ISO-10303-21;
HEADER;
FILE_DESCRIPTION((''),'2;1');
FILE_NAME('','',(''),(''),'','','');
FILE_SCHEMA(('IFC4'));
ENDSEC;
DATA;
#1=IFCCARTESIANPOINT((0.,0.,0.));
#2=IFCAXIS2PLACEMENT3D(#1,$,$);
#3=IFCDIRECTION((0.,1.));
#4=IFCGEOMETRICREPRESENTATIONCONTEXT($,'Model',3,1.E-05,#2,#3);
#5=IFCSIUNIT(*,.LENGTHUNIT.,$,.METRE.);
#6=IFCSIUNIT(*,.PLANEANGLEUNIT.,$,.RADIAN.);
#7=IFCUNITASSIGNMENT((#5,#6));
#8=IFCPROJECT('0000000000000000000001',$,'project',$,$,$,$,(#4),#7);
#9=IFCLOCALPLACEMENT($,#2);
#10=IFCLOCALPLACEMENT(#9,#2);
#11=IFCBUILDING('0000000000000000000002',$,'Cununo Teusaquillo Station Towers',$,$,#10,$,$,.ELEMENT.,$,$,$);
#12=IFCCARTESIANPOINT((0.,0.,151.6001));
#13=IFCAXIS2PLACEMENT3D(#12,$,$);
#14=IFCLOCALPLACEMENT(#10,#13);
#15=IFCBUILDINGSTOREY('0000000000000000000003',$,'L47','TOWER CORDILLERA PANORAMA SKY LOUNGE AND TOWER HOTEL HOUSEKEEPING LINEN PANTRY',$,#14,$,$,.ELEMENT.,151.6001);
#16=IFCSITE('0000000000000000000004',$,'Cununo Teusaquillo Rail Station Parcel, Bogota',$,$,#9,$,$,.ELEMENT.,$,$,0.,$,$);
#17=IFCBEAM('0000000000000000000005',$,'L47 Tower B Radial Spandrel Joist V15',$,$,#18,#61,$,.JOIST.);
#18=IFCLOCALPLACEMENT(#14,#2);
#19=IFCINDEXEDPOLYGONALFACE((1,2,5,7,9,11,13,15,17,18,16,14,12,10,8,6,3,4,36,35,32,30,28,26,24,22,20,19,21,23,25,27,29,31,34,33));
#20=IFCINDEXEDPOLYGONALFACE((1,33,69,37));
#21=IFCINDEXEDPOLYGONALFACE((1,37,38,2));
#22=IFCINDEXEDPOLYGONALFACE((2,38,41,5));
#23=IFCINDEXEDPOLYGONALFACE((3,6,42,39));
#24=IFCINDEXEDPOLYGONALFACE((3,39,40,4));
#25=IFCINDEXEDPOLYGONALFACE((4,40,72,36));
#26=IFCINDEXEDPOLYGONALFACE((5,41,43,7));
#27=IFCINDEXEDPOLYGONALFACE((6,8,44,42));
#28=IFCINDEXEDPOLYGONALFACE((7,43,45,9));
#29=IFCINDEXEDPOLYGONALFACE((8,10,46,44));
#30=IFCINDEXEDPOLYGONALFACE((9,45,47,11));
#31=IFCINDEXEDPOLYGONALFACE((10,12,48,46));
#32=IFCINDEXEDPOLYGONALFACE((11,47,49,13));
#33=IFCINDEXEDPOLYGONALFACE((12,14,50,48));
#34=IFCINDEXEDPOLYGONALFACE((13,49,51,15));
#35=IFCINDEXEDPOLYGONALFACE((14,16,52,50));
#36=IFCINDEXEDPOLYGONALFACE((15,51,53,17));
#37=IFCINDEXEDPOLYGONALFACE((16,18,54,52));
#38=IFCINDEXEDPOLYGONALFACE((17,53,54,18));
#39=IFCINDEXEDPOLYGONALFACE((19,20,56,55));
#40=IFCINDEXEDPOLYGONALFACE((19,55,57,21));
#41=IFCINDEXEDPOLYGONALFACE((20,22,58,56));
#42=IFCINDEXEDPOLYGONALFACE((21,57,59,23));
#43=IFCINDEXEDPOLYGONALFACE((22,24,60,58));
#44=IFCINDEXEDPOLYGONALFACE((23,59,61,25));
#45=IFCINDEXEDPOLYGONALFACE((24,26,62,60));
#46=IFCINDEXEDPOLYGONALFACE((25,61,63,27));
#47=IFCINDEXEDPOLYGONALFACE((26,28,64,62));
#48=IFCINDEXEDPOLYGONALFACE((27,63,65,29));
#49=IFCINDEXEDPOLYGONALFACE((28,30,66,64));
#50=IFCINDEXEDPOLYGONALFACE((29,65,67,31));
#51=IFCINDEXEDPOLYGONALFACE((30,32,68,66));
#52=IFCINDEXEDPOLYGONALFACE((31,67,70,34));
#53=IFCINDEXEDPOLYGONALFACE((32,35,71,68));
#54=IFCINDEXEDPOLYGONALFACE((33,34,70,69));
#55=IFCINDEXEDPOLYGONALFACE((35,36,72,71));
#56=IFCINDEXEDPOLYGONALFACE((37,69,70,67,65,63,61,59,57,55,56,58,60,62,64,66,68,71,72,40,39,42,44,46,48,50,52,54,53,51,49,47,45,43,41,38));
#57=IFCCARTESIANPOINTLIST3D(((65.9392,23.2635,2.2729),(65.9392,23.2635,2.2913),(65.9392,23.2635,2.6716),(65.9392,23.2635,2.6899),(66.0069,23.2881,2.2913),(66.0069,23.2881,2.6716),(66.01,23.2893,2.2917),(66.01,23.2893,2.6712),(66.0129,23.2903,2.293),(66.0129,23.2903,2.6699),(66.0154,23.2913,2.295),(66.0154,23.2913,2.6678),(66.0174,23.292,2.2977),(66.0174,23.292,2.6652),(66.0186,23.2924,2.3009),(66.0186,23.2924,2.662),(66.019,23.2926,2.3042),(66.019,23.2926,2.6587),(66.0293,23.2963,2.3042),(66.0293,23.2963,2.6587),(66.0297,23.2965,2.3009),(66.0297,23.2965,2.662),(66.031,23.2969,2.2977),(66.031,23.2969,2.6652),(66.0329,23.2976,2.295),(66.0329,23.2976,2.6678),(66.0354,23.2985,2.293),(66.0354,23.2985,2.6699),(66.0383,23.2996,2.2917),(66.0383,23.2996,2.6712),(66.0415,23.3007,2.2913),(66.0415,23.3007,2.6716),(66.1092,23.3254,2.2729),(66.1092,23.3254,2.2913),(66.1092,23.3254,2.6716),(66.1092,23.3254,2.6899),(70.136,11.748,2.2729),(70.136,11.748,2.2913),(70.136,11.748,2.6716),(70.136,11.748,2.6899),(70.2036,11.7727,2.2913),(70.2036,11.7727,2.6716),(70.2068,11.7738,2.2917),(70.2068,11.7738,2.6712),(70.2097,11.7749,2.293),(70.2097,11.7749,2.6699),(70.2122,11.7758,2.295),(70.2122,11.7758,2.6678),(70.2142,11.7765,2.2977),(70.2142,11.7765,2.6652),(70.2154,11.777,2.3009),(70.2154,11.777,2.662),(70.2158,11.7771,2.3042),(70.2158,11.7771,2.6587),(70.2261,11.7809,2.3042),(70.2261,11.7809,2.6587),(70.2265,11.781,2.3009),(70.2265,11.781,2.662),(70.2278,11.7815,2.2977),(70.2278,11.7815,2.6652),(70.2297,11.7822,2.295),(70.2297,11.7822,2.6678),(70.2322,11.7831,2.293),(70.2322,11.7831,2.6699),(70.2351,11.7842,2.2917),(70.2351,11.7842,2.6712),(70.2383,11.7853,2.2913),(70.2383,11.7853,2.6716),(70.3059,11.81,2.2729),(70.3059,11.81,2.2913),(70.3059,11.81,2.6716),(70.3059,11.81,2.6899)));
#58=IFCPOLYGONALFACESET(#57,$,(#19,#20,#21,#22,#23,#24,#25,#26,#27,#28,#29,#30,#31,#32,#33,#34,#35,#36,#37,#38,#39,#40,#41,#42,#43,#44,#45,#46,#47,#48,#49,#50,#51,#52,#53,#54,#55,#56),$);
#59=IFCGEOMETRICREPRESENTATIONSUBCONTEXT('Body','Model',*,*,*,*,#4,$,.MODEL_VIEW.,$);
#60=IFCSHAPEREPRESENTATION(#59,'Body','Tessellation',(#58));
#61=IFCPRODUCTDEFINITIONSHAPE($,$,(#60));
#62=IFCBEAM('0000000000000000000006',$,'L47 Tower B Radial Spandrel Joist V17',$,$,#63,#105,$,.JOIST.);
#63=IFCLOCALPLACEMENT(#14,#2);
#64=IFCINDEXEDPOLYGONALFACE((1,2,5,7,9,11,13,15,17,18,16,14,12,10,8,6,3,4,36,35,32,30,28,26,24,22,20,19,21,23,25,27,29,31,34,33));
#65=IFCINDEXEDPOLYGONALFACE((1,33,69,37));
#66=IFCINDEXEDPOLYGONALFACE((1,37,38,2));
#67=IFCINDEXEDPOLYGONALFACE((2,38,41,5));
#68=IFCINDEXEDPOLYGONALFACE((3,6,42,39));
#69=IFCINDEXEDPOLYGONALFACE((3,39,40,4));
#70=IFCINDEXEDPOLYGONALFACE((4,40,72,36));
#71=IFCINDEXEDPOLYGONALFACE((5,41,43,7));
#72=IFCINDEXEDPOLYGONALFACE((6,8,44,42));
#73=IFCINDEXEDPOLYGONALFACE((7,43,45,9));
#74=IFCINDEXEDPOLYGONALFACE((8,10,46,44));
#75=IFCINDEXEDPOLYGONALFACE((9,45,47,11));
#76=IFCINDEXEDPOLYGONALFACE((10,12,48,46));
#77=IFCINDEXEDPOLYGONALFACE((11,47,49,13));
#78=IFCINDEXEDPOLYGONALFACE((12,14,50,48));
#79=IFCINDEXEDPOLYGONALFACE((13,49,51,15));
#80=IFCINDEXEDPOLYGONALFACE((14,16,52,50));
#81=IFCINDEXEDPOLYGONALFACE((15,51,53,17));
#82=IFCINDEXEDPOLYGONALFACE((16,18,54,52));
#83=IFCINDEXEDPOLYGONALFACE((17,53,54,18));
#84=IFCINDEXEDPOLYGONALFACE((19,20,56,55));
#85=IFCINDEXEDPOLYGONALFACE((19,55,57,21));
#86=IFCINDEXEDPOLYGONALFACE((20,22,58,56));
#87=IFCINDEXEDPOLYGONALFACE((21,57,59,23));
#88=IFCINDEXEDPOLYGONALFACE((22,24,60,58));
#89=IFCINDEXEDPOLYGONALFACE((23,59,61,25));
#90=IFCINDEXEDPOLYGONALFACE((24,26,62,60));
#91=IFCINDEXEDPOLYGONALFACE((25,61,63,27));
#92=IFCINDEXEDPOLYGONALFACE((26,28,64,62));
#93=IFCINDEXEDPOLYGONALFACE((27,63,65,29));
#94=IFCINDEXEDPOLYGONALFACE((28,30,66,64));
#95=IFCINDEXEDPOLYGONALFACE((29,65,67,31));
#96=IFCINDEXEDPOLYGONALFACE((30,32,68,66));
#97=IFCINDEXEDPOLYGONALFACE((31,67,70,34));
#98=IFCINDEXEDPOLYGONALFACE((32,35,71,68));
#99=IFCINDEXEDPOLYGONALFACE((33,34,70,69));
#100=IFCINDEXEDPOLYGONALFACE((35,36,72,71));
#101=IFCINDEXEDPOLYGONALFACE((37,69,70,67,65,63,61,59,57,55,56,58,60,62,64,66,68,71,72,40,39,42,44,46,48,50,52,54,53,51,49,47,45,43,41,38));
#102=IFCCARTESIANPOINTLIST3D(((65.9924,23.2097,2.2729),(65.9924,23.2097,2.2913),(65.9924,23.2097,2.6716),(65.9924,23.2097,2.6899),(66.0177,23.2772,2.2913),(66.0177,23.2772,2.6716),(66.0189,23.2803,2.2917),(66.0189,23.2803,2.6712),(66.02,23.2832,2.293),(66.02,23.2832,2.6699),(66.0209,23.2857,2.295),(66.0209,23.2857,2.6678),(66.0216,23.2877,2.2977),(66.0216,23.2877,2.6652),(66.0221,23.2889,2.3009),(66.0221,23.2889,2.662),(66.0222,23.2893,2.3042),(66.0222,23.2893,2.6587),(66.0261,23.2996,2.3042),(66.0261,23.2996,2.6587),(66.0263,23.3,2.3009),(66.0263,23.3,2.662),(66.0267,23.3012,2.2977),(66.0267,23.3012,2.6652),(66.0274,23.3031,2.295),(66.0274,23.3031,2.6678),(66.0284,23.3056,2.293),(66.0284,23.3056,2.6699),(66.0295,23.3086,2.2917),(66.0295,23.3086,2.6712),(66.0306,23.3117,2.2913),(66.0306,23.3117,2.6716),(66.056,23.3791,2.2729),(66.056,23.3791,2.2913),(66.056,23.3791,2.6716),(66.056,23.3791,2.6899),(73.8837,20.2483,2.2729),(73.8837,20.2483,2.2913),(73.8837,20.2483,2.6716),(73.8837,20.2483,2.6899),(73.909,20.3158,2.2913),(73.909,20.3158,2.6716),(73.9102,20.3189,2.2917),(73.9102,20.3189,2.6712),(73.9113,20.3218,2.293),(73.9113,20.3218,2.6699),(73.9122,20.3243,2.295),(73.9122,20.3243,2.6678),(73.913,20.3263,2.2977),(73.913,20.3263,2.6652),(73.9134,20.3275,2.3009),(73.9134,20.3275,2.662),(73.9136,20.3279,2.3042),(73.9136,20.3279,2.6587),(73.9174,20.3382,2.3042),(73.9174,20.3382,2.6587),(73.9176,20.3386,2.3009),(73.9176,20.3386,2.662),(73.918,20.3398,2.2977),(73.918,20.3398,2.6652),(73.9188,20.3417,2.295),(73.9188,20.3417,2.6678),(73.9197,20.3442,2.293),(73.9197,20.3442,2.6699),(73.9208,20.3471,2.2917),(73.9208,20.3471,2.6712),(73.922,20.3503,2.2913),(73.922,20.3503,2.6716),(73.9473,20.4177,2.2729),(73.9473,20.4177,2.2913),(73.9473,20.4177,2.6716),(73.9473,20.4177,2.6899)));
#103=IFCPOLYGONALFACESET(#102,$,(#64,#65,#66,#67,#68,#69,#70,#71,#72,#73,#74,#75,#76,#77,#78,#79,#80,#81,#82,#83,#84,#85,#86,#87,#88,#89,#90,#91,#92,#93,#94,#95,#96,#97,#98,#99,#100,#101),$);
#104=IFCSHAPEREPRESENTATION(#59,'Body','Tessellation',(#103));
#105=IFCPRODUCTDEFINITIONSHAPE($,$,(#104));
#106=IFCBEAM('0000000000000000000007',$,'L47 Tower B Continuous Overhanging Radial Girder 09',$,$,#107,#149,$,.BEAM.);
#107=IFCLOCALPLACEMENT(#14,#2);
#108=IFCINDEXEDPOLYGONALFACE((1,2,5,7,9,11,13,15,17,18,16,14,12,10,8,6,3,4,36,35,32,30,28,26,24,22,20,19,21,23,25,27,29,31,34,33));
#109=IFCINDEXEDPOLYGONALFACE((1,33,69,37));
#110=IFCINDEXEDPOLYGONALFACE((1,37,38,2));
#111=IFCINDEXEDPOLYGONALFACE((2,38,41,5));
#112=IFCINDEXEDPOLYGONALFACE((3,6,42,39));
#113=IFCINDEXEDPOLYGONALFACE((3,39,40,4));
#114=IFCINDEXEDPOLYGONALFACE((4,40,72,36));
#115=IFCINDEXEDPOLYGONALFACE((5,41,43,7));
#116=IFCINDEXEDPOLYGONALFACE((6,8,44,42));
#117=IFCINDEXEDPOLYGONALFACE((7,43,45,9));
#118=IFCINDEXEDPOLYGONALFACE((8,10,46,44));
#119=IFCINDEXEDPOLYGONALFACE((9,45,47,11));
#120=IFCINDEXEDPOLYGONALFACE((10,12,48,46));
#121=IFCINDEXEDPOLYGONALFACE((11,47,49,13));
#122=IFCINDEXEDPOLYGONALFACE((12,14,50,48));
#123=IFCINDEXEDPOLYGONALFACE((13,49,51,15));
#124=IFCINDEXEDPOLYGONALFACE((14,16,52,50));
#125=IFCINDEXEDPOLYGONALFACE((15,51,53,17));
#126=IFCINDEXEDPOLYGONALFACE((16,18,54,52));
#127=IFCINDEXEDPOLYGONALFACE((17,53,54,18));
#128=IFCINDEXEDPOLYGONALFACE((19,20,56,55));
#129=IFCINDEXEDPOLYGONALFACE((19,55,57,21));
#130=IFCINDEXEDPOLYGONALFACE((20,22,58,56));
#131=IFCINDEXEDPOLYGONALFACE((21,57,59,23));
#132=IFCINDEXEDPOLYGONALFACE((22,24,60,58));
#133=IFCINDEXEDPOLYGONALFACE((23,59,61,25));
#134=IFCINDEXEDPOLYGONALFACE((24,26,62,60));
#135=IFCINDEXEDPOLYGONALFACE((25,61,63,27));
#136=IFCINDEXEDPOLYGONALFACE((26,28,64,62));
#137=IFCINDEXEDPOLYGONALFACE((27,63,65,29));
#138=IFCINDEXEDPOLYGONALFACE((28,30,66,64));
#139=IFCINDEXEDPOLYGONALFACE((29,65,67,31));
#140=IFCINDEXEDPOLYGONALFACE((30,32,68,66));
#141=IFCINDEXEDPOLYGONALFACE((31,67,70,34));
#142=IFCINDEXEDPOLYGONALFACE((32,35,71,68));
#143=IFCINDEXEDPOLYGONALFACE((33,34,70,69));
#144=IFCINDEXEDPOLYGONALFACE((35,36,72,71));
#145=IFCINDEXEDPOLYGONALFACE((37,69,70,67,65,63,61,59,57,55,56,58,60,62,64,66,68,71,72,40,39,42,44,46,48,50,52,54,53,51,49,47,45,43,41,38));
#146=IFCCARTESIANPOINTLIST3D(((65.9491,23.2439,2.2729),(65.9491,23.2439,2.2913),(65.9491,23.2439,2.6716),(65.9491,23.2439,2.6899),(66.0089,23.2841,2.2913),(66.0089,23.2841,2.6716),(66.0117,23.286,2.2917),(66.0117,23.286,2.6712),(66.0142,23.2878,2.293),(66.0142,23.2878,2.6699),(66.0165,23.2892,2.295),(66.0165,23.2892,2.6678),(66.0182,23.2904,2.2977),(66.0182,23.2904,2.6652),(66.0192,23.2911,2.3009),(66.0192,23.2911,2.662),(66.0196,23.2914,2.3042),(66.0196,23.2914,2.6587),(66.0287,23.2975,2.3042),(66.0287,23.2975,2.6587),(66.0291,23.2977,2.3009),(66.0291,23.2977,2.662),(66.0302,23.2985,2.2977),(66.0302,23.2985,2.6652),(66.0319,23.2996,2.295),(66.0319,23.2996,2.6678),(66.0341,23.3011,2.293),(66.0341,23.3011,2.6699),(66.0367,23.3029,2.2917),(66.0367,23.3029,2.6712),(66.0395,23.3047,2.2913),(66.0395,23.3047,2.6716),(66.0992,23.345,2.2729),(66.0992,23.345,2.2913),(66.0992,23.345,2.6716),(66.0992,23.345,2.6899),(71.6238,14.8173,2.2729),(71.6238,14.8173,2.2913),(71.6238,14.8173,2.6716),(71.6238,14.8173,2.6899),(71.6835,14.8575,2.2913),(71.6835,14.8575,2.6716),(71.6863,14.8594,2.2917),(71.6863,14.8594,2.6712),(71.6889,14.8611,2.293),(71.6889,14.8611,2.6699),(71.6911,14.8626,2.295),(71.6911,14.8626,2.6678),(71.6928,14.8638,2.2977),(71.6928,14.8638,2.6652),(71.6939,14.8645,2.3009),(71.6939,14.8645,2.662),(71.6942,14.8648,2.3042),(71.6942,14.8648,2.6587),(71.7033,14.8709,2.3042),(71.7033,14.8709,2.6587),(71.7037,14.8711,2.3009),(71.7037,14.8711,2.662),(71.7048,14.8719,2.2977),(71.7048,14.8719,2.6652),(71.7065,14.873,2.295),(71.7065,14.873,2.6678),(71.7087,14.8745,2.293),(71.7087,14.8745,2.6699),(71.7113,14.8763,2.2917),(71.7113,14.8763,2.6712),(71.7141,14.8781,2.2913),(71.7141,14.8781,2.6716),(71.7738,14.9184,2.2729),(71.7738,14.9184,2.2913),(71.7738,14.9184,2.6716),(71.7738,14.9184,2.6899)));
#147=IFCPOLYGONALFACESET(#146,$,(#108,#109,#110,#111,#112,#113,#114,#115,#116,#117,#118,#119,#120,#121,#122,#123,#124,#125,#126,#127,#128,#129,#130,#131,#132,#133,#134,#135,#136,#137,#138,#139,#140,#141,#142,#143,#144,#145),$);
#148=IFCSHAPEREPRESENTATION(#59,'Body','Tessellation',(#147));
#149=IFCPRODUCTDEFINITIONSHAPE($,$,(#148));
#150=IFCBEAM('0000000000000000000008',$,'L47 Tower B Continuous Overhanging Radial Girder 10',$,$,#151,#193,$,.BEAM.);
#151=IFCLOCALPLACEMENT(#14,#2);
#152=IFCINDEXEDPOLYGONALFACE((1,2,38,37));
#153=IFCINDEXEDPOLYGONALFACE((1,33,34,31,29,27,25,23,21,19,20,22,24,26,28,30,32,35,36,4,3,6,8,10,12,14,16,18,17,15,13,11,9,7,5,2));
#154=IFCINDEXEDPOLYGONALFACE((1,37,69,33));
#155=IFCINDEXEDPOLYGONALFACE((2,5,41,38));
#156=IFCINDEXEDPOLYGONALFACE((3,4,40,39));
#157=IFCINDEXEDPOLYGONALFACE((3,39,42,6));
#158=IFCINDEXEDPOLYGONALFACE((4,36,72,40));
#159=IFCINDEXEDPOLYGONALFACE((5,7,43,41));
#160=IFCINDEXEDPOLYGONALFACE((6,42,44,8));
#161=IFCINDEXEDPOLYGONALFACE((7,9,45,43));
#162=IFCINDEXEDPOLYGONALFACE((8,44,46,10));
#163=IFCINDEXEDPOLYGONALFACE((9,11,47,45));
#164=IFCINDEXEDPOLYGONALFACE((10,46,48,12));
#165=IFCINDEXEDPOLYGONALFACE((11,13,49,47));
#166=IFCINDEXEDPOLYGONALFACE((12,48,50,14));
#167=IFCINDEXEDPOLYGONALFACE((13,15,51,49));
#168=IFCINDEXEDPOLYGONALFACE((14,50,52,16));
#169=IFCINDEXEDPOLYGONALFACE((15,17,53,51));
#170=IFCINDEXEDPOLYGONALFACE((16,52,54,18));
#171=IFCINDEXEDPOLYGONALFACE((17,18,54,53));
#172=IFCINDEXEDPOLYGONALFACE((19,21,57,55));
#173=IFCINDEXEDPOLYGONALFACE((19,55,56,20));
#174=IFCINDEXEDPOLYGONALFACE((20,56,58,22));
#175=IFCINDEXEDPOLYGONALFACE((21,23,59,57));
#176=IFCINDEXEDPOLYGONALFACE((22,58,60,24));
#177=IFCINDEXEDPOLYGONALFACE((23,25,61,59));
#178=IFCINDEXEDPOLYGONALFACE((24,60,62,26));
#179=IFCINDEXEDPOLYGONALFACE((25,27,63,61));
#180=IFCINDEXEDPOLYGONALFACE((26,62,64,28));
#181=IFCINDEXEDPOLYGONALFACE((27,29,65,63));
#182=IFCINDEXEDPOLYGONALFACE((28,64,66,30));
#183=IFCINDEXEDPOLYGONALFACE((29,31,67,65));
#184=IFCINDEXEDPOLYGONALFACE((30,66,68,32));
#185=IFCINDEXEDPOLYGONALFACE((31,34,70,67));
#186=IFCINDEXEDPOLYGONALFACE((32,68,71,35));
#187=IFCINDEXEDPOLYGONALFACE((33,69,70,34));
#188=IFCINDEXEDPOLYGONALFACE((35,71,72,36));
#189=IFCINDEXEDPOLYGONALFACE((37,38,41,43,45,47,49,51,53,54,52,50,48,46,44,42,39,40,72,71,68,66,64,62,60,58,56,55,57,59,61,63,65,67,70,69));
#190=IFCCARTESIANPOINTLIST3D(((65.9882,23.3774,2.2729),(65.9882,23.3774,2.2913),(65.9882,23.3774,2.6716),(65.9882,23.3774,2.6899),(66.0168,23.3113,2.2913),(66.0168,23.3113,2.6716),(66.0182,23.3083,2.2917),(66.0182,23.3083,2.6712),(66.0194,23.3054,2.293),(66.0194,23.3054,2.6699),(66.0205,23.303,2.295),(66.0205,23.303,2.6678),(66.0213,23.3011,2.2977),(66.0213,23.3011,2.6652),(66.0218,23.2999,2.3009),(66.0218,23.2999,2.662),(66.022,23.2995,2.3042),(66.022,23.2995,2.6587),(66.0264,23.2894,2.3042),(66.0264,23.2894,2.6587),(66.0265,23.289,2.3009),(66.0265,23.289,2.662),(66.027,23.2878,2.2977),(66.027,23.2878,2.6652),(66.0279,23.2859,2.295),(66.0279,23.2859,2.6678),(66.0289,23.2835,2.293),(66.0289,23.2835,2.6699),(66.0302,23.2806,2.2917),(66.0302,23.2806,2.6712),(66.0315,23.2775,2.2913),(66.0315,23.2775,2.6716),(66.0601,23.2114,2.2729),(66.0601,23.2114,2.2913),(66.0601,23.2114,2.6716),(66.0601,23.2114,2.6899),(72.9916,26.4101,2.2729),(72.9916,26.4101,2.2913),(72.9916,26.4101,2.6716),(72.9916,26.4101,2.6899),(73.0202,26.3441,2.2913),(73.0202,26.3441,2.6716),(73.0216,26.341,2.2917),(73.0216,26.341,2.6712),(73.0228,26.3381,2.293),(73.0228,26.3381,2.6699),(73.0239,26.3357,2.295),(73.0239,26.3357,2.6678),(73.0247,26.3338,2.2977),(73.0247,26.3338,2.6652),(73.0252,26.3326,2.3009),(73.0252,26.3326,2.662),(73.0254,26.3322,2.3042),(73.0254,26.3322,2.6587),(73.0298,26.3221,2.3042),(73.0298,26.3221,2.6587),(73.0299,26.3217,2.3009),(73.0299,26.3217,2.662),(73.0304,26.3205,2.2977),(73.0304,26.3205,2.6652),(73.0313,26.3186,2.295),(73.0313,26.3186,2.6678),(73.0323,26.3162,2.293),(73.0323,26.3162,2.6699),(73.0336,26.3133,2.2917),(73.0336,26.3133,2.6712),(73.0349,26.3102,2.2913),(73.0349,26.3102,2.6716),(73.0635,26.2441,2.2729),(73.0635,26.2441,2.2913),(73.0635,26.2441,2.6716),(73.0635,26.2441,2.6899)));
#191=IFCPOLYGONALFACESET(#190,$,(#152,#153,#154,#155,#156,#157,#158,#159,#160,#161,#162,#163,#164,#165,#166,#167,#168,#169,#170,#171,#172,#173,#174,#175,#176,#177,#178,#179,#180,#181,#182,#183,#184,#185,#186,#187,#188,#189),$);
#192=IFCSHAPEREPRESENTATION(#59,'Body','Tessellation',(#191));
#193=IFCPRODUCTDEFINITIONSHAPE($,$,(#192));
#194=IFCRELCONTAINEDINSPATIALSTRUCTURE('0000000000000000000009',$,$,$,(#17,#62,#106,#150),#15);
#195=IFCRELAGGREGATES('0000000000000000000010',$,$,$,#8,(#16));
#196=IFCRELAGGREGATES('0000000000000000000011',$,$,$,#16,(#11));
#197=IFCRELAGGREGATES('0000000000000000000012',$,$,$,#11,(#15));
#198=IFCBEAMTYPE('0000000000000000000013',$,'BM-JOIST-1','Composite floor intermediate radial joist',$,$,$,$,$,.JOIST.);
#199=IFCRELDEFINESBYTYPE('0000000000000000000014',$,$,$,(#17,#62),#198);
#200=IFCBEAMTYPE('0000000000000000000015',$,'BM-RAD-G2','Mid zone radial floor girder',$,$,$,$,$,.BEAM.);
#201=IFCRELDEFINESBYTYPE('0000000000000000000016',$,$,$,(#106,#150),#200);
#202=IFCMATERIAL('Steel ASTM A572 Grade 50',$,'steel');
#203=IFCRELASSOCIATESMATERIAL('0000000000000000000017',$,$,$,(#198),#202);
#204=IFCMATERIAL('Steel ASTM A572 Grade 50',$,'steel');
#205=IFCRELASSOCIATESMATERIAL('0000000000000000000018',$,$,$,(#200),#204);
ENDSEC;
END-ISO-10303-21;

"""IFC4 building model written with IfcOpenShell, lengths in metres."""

from ifc_helpers import new_model, si_unit, direction, frame, origin, origin_2d, place, context, subcontext, project, spatial, i_section, extrude, material, material_profile, profile_set, type_object, element, save


model = new_model("IFC4")

# Units and contexts
model_context = context("Model", 3, precision=1e-05, world=origin(), true_north=direction((0.0, 1.0)))
body_context = subcontext(model_context, "Body", "Model", "MODEL_VIEW")
ifc_project = project(units=[si_unit("LENGTHUNIT", "METRE"), si_unit("PLANEANGLEUNIT", "RADIAN")], contexts=[model_context])

# Site, building, storey
site_placement = place(None, origin())
site = spatial("IfcSite", under=ifc_project, at=site_placement, Name="Cununo Teusaquillo Rail Station Parcel, Bogota", CompositionType="ELEMENT", RefElevation=0.0)
building_placement = place(site_placement, origin())
building = spatial("IfcBuilding", under=site, at=building_placement, Name="Cununo Teusaquillo Station Towers", CompositionType="ELEMENT")
storey_placement = place(building_placement, frame((0.0, 0.0, 151.6001)))
storey = spatial("IfcBuildingStorey", under=building, at=storey_placement, Name="L47", Description="TOWER CORDILLERA PANORAMA SKY LOUNGE AND TOWER HOTEL HOUSEKEEPING LINEN PANTRY", CompositionType="ELEMENT", Elevation=151.6001)

# Beams
ifc_material_1 = material(Name="Steel ASTM A572 Grade 50", Category="steel")
ifc_material_profile_1 = material_profile(ifc_material_1, i_section(OverallWidth=0.1809, OverallDepth=0.417, WebThickness=0.011, FlangeThickness=0.0183, FilletRadius=0.0129, at=origin_2d()), Name="W16X57")
ifc_profile_set_1 = profile_set([ifc_material_profile_1], Name="Steel ASTM A572 Grade 50")
beam_type_1 = type_object("IfcBeamType", Name="BM-JOIST-1", Description="Composite floor intermediate radial joist", PredefinedType="JOIST", material=ifc_profile_set_1)
beam_1_placement = place(storey_placement, frame((66.0242, 23.2944, 2.4814), z_axis=(0.342418, -0.939548, 0.0), x_axis=(0.939548, 0.342418, 0.0)))
element("IfcBeam", 1, at=beam_1_placement, inside=storey, type_object=beam_type_1, Name="L47 Tower B Radial Spandrel Joist V15", PredefinedType="JOIST", context=body_context, shape_type="SweptSolid", body=[
    extrude(i_section(OverallWidth=0.1809, OverallDepth=0.417, WebThickness=0.011, FlangeThickness=0.0183, FilletRadius=0.0129, at=origin_2d()), origin(), (0.0, 0.0, 1.0), 12.2563),
])
beam_2_placement = place(storey_placement, frame((66.0242, 23.2944, 2.4814), z_axis=(0.936245, -0.351349, 0.0), x_axis=(0.351349, 0.936245, 0.0)))
element("IfcBeam", 2, at=beam_2_placement, inside=storey, type_object=beam_type_1, Name="L47 Tower B Radial Spandrel Joist V17", PredefinedType="JOIST", context=body_context, shape_type="SweptSolid", body=[
    extrude(i_section(OverallWidth=0.1809, OverallDepth=0.417, WebThickness=0.011, FlangeThickness=0.0183, FilletRadius=0.0129, at=origin_2d()), origin(), (0.0, 0.0, 1.0), 8.4287),
])
ifc_material_2 = material(Name="Steel ASTM A572 Grade 50", Category="steel")
ifc_material_profile_2 = material_profile(ifc_material_2, i_section(OverallWidth=0.1809, OverallDepth=0.417, WebThickness=0.011, FlangeThickness=0.0183, FilletRadius=0.0129, at=origin_2d()), Name="W16X57")
ifc_profile_set_2 = profile_set([ifc_material_profile_2], Name="Steel ASTM A572 Grade 50")
beam_type_2 = type_object("IfcBeamType", Name="BM-RAD-G2", Description="Mid zone radial floor girder", PredefinedType="BEAM", material=ifc_profile_set_2)
beam_3_placement = place(storey_placement, frame((66.0242, 23.2944, 2.4814), z_axis=(0.558571, -0.829457, 0.0), x_axis=(0.829457, 0.558571, 0.0)))
element("IfcBeam", 3, at=beam_3_placement, inside=storey, type_object=beam_type_2, Name="L47 Tower B Continuous Overhanging Radial Girder 09", PredefinedType="BEAM", context=body_context, shape_type="SweptSolid", body=[
    extrude(i_section(OverallWidth=0.1809, OverallDepth=0.417, WebThickness=0.011, FlangeThickness=0.0183, FilletRadius=0.0129, at=origin_2d()), origin(), (0.0, 0.0, 1.0), 10.1592),
])
beam_4_placement = place(storey_placement, frame((66.0242, 23.2944, 2.4814), z_axis=(0.917656, 0.397376, 0.0), x_axis=(-0.397376, 0.917656, 0.0)))
element("IfcBeam", 4, at=beam_4_placement, inside=storey, type_object=beam_type_2, Name="L47 Tower B Continuous Overhanging Radial Girder 10", PredefinedType="BEAM", context=body_context, shape_type="SweptSolid", body=[
    extrude(i_section(OverallWidth=0.1809, OverallDepth=0.417, WebThickness=0.011, FlangeThickness=0.0183, FilletRadius=0.0129, at=origin_2d()), origin(), (0.0, 0.0, 1.0), 7.6318),
])

save(model, "model.ifc")
